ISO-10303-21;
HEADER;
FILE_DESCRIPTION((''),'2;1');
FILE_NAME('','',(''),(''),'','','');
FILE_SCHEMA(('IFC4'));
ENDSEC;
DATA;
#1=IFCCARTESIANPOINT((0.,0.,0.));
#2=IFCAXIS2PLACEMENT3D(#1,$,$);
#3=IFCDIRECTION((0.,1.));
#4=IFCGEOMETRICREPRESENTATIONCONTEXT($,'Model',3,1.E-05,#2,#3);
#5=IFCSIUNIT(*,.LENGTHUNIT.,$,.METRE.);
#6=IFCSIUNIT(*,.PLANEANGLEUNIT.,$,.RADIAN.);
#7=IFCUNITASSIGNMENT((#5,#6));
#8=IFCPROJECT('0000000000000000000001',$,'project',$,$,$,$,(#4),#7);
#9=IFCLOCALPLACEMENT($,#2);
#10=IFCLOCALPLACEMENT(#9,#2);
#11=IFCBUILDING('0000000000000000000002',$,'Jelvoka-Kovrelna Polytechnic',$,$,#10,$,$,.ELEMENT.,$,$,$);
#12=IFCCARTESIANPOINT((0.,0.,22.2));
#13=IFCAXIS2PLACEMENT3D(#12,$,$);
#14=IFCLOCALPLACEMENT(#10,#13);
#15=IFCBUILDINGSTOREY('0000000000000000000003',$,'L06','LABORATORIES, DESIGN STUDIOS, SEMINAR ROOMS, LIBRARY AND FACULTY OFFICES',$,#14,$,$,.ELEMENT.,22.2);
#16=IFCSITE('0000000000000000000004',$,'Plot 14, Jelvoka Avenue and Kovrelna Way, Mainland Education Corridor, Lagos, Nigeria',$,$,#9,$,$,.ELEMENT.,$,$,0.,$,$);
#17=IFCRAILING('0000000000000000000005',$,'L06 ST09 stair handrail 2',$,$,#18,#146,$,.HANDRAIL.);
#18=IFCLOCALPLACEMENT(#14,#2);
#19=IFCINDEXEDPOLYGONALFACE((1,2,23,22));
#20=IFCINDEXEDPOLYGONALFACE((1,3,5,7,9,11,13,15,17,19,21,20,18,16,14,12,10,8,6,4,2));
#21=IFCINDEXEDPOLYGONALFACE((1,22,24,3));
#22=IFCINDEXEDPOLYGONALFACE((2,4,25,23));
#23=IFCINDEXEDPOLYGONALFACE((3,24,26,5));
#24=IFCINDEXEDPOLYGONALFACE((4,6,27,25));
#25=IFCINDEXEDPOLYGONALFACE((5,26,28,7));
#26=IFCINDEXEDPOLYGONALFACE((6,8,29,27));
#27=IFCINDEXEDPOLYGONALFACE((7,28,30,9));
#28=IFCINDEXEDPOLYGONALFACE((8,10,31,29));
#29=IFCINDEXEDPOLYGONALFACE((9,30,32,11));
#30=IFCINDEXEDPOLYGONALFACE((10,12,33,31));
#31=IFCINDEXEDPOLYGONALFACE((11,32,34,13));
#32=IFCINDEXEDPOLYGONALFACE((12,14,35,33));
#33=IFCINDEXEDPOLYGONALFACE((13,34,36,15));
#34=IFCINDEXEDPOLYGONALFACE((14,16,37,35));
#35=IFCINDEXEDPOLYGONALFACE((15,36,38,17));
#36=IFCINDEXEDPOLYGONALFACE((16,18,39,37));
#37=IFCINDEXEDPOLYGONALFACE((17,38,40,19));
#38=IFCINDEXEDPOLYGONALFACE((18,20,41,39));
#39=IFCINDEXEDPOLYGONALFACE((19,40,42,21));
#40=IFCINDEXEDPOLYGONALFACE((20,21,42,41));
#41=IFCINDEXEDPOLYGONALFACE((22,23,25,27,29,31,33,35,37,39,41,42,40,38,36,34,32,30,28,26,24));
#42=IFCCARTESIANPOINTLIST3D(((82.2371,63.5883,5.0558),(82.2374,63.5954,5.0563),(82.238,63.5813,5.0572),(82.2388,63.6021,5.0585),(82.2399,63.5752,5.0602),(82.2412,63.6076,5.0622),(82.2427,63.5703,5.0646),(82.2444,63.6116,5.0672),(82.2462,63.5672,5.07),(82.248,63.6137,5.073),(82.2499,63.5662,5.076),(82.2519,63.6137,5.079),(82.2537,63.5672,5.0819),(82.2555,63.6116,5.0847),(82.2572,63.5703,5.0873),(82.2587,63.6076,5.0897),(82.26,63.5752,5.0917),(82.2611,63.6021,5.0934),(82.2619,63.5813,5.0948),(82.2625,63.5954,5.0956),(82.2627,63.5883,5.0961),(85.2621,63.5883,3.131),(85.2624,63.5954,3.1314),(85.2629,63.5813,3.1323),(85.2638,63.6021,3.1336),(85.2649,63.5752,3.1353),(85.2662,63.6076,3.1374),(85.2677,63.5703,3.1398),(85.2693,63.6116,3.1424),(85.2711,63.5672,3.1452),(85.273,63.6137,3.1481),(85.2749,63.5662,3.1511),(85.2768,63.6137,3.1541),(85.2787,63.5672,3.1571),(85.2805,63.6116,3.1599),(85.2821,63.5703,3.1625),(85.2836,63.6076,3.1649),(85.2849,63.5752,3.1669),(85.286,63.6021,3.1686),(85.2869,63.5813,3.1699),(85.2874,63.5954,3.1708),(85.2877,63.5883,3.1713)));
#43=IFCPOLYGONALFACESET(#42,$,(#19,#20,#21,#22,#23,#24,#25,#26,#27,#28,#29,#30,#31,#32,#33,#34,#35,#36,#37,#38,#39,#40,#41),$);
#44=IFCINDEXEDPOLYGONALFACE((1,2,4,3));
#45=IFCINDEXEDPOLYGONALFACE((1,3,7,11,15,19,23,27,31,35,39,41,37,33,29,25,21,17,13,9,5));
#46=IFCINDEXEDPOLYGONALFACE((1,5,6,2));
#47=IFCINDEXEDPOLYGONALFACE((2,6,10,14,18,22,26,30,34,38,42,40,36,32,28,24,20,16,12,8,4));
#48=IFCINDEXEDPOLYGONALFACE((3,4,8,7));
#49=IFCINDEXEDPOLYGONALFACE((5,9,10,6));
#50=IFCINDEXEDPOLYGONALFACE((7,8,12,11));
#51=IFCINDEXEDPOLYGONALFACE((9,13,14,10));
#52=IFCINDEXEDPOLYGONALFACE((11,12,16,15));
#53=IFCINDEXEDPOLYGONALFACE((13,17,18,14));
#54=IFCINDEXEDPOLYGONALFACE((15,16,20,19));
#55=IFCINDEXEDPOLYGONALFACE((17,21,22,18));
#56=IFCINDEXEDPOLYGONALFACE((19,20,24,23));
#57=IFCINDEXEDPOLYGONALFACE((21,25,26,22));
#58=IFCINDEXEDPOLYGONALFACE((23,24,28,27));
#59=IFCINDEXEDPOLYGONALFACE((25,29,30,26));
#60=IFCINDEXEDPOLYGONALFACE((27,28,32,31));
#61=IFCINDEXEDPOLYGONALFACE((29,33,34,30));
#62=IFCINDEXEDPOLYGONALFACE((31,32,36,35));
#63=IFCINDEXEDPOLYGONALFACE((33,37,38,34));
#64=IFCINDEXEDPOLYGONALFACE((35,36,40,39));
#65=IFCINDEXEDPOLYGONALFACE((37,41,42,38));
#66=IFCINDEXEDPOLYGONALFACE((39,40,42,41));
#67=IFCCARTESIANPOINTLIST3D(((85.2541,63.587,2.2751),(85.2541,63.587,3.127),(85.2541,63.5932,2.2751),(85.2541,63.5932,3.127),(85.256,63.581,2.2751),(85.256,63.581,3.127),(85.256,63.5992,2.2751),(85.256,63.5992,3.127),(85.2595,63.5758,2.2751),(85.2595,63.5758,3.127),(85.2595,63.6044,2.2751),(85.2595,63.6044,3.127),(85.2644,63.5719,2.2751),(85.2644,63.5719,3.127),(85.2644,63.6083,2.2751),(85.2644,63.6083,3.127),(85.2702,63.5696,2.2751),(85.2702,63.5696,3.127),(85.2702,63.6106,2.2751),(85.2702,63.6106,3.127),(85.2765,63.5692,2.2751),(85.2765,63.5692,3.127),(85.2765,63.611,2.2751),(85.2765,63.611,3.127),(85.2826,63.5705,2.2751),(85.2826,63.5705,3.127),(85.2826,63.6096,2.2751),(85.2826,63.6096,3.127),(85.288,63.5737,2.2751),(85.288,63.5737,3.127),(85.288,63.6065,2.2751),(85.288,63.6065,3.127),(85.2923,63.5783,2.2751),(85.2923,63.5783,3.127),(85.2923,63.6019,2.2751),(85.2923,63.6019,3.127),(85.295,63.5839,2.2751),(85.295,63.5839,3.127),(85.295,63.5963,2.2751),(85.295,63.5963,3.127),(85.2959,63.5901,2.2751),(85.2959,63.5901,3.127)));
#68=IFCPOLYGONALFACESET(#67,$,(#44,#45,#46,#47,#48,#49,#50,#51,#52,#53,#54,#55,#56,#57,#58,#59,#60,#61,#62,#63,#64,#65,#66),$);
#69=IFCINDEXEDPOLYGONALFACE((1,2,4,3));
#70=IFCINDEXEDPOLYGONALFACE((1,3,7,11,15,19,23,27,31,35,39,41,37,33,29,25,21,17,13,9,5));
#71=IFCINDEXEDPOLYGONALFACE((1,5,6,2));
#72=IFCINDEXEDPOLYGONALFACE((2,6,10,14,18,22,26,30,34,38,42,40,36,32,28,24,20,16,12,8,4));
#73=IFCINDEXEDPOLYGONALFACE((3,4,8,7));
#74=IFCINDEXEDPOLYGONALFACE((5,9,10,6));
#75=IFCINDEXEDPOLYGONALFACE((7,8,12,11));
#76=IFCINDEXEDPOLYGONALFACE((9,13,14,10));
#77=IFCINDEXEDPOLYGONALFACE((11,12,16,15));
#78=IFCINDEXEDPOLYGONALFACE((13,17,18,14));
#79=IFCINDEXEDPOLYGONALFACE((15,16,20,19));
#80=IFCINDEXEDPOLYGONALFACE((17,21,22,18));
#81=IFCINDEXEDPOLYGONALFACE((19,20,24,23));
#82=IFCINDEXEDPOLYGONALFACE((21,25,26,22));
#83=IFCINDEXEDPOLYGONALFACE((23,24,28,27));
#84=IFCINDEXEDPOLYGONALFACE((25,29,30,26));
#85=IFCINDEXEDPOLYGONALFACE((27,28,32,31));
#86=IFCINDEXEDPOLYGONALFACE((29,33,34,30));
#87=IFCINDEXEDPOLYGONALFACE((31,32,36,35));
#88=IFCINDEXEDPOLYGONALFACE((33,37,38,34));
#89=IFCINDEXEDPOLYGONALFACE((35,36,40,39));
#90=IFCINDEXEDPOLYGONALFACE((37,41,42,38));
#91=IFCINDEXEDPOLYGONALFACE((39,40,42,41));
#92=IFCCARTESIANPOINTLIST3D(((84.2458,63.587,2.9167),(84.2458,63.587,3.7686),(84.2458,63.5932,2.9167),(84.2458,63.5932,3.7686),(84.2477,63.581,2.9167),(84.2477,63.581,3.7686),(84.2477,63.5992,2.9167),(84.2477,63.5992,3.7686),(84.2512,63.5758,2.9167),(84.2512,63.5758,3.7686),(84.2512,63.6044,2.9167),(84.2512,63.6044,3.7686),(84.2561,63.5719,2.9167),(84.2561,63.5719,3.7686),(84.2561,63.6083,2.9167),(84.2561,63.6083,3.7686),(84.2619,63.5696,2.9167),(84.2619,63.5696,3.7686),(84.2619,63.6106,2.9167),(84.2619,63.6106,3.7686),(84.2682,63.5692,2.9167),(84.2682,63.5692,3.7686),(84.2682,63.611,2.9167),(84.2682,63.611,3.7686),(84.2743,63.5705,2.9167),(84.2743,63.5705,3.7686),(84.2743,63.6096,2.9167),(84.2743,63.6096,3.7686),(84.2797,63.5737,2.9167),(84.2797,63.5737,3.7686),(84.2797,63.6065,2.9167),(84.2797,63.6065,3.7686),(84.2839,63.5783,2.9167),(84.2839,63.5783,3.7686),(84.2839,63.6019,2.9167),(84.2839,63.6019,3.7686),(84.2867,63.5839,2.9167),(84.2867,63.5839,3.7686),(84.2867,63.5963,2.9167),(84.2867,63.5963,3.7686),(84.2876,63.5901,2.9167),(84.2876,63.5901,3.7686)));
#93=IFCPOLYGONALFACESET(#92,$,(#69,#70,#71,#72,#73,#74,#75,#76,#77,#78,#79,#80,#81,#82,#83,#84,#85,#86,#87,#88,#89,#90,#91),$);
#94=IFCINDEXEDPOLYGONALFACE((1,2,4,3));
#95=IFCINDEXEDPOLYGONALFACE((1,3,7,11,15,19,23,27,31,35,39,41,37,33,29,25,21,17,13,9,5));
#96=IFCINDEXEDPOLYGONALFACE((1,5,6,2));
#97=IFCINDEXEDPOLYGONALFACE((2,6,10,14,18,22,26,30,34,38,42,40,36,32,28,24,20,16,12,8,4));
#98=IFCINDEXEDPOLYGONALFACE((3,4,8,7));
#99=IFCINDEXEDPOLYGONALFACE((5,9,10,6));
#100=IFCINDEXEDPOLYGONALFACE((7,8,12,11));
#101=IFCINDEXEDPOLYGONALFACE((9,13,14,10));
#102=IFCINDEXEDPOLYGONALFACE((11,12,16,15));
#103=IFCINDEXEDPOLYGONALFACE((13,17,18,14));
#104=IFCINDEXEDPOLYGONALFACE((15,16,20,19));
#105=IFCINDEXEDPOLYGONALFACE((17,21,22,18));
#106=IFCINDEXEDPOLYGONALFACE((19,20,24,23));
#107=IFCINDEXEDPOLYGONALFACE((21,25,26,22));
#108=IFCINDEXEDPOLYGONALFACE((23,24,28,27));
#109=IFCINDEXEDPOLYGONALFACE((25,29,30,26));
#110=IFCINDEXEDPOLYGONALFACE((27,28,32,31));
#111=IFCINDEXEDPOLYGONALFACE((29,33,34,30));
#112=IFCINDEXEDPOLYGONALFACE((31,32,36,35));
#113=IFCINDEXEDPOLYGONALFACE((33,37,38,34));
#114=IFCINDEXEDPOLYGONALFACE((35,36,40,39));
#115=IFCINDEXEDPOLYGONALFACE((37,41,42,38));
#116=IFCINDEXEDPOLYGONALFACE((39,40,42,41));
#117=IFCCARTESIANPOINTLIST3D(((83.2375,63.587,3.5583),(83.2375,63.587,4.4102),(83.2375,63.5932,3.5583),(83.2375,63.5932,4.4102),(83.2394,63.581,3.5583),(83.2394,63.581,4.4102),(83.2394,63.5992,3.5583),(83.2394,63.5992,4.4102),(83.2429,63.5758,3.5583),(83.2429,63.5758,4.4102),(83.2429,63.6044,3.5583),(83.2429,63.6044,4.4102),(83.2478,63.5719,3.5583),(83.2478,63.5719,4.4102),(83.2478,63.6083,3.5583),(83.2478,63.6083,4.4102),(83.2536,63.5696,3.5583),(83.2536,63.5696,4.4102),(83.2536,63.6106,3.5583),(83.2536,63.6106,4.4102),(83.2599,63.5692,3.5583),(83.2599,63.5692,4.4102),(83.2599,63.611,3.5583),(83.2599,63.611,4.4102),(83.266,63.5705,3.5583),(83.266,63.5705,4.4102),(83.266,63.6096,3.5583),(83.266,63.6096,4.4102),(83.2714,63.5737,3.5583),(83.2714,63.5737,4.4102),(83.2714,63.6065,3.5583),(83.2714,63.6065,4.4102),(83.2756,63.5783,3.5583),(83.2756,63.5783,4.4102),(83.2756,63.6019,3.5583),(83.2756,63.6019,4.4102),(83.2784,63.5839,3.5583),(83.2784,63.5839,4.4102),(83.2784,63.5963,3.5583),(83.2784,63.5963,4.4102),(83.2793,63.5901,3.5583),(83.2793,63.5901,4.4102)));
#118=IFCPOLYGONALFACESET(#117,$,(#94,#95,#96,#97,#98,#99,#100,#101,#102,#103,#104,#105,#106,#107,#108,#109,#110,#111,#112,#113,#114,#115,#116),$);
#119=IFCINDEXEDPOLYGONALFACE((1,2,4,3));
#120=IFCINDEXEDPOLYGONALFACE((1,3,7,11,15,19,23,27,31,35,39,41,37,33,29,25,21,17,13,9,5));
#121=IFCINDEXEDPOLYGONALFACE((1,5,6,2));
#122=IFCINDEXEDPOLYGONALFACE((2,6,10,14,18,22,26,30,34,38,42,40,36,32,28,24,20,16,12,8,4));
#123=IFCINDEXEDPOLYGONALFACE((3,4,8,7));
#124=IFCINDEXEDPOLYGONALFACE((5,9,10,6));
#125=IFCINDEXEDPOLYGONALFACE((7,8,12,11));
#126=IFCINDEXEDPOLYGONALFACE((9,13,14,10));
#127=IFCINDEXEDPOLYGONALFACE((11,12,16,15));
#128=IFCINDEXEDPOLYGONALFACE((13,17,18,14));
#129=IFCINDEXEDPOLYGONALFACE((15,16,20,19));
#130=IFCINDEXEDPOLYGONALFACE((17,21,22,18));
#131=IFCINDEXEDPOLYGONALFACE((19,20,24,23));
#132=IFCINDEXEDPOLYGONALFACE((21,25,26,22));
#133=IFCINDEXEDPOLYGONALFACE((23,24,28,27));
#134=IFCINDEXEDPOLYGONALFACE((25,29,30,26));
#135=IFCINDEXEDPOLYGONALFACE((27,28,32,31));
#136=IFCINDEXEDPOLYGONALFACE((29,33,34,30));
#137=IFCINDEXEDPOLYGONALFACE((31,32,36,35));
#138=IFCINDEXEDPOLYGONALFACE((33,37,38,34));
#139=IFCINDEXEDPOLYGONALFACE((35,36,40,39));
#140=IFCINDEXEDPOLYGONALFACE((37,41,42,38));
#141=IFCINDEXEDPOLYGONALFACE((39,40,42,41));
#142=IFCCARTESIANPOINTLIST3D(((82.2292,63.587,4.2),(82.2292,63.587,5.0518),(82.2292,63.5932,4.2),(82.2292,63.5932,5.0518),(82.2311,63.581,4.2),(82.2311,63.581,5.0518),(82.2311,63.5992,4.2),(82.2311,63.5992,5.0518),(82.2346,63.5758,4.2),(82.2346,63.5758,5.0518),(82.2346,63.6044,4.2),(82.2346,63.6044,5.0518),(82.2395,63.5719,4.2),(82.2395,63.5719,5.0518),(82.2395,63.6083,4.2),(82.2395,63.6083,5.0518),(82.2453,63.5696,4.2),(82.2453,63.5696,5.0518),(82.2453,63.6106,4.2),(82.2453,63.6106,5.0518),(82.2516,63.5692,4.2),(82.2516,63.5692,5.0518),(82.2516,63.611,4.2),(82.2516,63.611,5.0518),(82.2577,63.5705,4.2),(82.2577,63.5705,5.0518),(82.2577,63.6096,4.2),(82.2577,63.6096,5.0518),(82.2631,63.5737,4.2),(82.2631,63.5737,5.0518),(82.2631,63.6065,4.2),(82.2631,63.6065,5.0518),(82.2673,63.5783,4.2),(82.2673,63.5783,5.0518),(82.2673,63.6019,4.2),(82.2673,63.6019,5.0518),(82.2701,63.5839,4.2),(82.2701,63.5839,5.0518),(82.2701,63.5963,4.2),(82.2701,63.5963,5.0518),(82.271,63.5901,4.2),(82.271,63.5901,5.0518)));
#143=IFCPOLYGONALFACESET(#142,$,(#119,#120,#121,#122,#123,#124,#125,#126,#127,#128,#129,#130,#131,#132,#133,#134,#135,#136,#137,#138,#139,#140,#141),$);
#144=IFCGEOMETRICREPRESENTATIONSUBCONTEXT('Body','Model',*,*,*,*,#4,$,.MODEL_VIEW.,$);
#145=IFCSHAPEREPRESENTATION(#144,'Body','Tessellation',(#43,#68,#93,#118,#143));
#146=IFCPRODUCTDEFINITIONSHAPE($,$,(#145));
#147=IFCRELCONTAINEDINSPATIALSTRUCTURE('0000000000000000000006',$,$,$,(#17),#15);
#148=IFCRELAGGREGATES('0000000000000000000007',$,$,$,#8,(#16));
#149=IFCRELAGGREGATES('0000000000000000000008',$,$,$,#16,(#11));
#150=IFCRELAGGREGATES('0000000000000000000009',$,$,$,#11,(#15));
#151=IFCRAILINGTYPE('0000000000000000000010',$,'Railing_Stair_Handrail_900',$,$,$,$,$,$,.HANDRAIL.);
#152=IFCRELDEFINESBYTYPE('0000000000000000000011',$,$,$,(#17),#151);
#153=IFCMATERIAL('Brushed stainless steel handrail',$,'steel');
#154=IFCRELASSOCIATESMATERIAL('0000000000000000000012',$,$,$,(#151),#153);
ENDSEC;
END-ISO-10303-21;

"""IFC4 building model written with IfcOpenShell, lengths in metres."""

from ifc_helpers import new_model, si_unit, direction, frame, origin, origin_2d, place, context, subcontext, project, spatial, circle, extrude, material, type_object, element, save


model = new_model("IFC4")

# Units and contexts
model_context = context("Model", 3, precision=1e-05, world=origin(), true_north=direction((0.0, 1.0)))
body_context = subcontext(model_context, "Body", "Model", "MODEL_VIEW")
ifc_project = project(units=[si_unit("LENGTHUNIT", "METRE"), si_unit("PLANEANGLEUNIT", "RADIAN")], contexts=[model_context])

# Site, building, storey
site_placement = place(None, origin())
site = spatial("IfcSite", under=ifc_project, at=site_placement, Name="Plot 14, Jelvoka Avenue and Kovrelna Way, Mainland Education Corridor, Lagos, Nigeria", CompositionType="ELEMENT", RefElevation=0.0)
building_placement = place(site_placement, origin())
building = spatial("IfcBuilding", under=site, at=building_placement, Name="Jelvoka-Kovrelna Polytechnic", CompositionType="ELEMENT")
storey_placement = place(building_placement, frame((0.0, 0.0, 22.2)))
storey = spatial("IfcBuildingStorey", under=building, at=storey_placement, Name="L06", Description="LABORATORIES, DESIGN STUDIOS, SEMINAR ROOMS, LIBRARY AND FACULTY OFFICES", CompositionType="ELEMENT", Elevation=22.2)

# Railing
ifc_material_1 = material(Name="Brushed stainless steel handrail", Category="steel")
railing_type_1 = type_object("IfcRailingType", Name="Railing_Stair_Handrail_900", PredefinedType="HANDRAIL", material=ifc_material_1)
railing_1_placement = place(storey_placement, frame((85.2749, 63.5901, 2.2751)))
element("IfcRailing", 1, at=railing_1_placement, inside=storey, type_object=railing_type_1, Name="L06 ST09 stair handrail 2", PredefinedType="HANDRAIL", context=body_context, shape_type="SweptSolid", body=[
    extrude(circle(Radius=0.0239, at=origin_2d()), frame((0.0, 0.0, 0.876), z_axis=(-0.843678, 0.0, 0.536849), x_axis=(0.0, -1.0, 0.0)), (0.0, 0.0, 1.0), 3.5854),
    extrude(circle(Radius=0.021, at=origin_2d()), origin(), (0.0, 0.0, 1.0), 0.8518),
    extrude(circle(Radius=0.021, at=origin_2d()), frame((-1.0083, 0.0, 0.6416)), (0.0, 0.0, 1.0), 0.8518),
    extrude(circle(Radius=0.021, at=origin_2d()), frame((-2.0166, 0.0, 1.2832)), (0.0, 0.0, 1.0), 0.8518),
    extrude(circle(Radius=0.021, at=origin_2d()), frame((-3.0249, 0.0, 1.9248)), (0.0, 0.0, 1.0), 0.8518),
])

save(model, "model.ifc")
